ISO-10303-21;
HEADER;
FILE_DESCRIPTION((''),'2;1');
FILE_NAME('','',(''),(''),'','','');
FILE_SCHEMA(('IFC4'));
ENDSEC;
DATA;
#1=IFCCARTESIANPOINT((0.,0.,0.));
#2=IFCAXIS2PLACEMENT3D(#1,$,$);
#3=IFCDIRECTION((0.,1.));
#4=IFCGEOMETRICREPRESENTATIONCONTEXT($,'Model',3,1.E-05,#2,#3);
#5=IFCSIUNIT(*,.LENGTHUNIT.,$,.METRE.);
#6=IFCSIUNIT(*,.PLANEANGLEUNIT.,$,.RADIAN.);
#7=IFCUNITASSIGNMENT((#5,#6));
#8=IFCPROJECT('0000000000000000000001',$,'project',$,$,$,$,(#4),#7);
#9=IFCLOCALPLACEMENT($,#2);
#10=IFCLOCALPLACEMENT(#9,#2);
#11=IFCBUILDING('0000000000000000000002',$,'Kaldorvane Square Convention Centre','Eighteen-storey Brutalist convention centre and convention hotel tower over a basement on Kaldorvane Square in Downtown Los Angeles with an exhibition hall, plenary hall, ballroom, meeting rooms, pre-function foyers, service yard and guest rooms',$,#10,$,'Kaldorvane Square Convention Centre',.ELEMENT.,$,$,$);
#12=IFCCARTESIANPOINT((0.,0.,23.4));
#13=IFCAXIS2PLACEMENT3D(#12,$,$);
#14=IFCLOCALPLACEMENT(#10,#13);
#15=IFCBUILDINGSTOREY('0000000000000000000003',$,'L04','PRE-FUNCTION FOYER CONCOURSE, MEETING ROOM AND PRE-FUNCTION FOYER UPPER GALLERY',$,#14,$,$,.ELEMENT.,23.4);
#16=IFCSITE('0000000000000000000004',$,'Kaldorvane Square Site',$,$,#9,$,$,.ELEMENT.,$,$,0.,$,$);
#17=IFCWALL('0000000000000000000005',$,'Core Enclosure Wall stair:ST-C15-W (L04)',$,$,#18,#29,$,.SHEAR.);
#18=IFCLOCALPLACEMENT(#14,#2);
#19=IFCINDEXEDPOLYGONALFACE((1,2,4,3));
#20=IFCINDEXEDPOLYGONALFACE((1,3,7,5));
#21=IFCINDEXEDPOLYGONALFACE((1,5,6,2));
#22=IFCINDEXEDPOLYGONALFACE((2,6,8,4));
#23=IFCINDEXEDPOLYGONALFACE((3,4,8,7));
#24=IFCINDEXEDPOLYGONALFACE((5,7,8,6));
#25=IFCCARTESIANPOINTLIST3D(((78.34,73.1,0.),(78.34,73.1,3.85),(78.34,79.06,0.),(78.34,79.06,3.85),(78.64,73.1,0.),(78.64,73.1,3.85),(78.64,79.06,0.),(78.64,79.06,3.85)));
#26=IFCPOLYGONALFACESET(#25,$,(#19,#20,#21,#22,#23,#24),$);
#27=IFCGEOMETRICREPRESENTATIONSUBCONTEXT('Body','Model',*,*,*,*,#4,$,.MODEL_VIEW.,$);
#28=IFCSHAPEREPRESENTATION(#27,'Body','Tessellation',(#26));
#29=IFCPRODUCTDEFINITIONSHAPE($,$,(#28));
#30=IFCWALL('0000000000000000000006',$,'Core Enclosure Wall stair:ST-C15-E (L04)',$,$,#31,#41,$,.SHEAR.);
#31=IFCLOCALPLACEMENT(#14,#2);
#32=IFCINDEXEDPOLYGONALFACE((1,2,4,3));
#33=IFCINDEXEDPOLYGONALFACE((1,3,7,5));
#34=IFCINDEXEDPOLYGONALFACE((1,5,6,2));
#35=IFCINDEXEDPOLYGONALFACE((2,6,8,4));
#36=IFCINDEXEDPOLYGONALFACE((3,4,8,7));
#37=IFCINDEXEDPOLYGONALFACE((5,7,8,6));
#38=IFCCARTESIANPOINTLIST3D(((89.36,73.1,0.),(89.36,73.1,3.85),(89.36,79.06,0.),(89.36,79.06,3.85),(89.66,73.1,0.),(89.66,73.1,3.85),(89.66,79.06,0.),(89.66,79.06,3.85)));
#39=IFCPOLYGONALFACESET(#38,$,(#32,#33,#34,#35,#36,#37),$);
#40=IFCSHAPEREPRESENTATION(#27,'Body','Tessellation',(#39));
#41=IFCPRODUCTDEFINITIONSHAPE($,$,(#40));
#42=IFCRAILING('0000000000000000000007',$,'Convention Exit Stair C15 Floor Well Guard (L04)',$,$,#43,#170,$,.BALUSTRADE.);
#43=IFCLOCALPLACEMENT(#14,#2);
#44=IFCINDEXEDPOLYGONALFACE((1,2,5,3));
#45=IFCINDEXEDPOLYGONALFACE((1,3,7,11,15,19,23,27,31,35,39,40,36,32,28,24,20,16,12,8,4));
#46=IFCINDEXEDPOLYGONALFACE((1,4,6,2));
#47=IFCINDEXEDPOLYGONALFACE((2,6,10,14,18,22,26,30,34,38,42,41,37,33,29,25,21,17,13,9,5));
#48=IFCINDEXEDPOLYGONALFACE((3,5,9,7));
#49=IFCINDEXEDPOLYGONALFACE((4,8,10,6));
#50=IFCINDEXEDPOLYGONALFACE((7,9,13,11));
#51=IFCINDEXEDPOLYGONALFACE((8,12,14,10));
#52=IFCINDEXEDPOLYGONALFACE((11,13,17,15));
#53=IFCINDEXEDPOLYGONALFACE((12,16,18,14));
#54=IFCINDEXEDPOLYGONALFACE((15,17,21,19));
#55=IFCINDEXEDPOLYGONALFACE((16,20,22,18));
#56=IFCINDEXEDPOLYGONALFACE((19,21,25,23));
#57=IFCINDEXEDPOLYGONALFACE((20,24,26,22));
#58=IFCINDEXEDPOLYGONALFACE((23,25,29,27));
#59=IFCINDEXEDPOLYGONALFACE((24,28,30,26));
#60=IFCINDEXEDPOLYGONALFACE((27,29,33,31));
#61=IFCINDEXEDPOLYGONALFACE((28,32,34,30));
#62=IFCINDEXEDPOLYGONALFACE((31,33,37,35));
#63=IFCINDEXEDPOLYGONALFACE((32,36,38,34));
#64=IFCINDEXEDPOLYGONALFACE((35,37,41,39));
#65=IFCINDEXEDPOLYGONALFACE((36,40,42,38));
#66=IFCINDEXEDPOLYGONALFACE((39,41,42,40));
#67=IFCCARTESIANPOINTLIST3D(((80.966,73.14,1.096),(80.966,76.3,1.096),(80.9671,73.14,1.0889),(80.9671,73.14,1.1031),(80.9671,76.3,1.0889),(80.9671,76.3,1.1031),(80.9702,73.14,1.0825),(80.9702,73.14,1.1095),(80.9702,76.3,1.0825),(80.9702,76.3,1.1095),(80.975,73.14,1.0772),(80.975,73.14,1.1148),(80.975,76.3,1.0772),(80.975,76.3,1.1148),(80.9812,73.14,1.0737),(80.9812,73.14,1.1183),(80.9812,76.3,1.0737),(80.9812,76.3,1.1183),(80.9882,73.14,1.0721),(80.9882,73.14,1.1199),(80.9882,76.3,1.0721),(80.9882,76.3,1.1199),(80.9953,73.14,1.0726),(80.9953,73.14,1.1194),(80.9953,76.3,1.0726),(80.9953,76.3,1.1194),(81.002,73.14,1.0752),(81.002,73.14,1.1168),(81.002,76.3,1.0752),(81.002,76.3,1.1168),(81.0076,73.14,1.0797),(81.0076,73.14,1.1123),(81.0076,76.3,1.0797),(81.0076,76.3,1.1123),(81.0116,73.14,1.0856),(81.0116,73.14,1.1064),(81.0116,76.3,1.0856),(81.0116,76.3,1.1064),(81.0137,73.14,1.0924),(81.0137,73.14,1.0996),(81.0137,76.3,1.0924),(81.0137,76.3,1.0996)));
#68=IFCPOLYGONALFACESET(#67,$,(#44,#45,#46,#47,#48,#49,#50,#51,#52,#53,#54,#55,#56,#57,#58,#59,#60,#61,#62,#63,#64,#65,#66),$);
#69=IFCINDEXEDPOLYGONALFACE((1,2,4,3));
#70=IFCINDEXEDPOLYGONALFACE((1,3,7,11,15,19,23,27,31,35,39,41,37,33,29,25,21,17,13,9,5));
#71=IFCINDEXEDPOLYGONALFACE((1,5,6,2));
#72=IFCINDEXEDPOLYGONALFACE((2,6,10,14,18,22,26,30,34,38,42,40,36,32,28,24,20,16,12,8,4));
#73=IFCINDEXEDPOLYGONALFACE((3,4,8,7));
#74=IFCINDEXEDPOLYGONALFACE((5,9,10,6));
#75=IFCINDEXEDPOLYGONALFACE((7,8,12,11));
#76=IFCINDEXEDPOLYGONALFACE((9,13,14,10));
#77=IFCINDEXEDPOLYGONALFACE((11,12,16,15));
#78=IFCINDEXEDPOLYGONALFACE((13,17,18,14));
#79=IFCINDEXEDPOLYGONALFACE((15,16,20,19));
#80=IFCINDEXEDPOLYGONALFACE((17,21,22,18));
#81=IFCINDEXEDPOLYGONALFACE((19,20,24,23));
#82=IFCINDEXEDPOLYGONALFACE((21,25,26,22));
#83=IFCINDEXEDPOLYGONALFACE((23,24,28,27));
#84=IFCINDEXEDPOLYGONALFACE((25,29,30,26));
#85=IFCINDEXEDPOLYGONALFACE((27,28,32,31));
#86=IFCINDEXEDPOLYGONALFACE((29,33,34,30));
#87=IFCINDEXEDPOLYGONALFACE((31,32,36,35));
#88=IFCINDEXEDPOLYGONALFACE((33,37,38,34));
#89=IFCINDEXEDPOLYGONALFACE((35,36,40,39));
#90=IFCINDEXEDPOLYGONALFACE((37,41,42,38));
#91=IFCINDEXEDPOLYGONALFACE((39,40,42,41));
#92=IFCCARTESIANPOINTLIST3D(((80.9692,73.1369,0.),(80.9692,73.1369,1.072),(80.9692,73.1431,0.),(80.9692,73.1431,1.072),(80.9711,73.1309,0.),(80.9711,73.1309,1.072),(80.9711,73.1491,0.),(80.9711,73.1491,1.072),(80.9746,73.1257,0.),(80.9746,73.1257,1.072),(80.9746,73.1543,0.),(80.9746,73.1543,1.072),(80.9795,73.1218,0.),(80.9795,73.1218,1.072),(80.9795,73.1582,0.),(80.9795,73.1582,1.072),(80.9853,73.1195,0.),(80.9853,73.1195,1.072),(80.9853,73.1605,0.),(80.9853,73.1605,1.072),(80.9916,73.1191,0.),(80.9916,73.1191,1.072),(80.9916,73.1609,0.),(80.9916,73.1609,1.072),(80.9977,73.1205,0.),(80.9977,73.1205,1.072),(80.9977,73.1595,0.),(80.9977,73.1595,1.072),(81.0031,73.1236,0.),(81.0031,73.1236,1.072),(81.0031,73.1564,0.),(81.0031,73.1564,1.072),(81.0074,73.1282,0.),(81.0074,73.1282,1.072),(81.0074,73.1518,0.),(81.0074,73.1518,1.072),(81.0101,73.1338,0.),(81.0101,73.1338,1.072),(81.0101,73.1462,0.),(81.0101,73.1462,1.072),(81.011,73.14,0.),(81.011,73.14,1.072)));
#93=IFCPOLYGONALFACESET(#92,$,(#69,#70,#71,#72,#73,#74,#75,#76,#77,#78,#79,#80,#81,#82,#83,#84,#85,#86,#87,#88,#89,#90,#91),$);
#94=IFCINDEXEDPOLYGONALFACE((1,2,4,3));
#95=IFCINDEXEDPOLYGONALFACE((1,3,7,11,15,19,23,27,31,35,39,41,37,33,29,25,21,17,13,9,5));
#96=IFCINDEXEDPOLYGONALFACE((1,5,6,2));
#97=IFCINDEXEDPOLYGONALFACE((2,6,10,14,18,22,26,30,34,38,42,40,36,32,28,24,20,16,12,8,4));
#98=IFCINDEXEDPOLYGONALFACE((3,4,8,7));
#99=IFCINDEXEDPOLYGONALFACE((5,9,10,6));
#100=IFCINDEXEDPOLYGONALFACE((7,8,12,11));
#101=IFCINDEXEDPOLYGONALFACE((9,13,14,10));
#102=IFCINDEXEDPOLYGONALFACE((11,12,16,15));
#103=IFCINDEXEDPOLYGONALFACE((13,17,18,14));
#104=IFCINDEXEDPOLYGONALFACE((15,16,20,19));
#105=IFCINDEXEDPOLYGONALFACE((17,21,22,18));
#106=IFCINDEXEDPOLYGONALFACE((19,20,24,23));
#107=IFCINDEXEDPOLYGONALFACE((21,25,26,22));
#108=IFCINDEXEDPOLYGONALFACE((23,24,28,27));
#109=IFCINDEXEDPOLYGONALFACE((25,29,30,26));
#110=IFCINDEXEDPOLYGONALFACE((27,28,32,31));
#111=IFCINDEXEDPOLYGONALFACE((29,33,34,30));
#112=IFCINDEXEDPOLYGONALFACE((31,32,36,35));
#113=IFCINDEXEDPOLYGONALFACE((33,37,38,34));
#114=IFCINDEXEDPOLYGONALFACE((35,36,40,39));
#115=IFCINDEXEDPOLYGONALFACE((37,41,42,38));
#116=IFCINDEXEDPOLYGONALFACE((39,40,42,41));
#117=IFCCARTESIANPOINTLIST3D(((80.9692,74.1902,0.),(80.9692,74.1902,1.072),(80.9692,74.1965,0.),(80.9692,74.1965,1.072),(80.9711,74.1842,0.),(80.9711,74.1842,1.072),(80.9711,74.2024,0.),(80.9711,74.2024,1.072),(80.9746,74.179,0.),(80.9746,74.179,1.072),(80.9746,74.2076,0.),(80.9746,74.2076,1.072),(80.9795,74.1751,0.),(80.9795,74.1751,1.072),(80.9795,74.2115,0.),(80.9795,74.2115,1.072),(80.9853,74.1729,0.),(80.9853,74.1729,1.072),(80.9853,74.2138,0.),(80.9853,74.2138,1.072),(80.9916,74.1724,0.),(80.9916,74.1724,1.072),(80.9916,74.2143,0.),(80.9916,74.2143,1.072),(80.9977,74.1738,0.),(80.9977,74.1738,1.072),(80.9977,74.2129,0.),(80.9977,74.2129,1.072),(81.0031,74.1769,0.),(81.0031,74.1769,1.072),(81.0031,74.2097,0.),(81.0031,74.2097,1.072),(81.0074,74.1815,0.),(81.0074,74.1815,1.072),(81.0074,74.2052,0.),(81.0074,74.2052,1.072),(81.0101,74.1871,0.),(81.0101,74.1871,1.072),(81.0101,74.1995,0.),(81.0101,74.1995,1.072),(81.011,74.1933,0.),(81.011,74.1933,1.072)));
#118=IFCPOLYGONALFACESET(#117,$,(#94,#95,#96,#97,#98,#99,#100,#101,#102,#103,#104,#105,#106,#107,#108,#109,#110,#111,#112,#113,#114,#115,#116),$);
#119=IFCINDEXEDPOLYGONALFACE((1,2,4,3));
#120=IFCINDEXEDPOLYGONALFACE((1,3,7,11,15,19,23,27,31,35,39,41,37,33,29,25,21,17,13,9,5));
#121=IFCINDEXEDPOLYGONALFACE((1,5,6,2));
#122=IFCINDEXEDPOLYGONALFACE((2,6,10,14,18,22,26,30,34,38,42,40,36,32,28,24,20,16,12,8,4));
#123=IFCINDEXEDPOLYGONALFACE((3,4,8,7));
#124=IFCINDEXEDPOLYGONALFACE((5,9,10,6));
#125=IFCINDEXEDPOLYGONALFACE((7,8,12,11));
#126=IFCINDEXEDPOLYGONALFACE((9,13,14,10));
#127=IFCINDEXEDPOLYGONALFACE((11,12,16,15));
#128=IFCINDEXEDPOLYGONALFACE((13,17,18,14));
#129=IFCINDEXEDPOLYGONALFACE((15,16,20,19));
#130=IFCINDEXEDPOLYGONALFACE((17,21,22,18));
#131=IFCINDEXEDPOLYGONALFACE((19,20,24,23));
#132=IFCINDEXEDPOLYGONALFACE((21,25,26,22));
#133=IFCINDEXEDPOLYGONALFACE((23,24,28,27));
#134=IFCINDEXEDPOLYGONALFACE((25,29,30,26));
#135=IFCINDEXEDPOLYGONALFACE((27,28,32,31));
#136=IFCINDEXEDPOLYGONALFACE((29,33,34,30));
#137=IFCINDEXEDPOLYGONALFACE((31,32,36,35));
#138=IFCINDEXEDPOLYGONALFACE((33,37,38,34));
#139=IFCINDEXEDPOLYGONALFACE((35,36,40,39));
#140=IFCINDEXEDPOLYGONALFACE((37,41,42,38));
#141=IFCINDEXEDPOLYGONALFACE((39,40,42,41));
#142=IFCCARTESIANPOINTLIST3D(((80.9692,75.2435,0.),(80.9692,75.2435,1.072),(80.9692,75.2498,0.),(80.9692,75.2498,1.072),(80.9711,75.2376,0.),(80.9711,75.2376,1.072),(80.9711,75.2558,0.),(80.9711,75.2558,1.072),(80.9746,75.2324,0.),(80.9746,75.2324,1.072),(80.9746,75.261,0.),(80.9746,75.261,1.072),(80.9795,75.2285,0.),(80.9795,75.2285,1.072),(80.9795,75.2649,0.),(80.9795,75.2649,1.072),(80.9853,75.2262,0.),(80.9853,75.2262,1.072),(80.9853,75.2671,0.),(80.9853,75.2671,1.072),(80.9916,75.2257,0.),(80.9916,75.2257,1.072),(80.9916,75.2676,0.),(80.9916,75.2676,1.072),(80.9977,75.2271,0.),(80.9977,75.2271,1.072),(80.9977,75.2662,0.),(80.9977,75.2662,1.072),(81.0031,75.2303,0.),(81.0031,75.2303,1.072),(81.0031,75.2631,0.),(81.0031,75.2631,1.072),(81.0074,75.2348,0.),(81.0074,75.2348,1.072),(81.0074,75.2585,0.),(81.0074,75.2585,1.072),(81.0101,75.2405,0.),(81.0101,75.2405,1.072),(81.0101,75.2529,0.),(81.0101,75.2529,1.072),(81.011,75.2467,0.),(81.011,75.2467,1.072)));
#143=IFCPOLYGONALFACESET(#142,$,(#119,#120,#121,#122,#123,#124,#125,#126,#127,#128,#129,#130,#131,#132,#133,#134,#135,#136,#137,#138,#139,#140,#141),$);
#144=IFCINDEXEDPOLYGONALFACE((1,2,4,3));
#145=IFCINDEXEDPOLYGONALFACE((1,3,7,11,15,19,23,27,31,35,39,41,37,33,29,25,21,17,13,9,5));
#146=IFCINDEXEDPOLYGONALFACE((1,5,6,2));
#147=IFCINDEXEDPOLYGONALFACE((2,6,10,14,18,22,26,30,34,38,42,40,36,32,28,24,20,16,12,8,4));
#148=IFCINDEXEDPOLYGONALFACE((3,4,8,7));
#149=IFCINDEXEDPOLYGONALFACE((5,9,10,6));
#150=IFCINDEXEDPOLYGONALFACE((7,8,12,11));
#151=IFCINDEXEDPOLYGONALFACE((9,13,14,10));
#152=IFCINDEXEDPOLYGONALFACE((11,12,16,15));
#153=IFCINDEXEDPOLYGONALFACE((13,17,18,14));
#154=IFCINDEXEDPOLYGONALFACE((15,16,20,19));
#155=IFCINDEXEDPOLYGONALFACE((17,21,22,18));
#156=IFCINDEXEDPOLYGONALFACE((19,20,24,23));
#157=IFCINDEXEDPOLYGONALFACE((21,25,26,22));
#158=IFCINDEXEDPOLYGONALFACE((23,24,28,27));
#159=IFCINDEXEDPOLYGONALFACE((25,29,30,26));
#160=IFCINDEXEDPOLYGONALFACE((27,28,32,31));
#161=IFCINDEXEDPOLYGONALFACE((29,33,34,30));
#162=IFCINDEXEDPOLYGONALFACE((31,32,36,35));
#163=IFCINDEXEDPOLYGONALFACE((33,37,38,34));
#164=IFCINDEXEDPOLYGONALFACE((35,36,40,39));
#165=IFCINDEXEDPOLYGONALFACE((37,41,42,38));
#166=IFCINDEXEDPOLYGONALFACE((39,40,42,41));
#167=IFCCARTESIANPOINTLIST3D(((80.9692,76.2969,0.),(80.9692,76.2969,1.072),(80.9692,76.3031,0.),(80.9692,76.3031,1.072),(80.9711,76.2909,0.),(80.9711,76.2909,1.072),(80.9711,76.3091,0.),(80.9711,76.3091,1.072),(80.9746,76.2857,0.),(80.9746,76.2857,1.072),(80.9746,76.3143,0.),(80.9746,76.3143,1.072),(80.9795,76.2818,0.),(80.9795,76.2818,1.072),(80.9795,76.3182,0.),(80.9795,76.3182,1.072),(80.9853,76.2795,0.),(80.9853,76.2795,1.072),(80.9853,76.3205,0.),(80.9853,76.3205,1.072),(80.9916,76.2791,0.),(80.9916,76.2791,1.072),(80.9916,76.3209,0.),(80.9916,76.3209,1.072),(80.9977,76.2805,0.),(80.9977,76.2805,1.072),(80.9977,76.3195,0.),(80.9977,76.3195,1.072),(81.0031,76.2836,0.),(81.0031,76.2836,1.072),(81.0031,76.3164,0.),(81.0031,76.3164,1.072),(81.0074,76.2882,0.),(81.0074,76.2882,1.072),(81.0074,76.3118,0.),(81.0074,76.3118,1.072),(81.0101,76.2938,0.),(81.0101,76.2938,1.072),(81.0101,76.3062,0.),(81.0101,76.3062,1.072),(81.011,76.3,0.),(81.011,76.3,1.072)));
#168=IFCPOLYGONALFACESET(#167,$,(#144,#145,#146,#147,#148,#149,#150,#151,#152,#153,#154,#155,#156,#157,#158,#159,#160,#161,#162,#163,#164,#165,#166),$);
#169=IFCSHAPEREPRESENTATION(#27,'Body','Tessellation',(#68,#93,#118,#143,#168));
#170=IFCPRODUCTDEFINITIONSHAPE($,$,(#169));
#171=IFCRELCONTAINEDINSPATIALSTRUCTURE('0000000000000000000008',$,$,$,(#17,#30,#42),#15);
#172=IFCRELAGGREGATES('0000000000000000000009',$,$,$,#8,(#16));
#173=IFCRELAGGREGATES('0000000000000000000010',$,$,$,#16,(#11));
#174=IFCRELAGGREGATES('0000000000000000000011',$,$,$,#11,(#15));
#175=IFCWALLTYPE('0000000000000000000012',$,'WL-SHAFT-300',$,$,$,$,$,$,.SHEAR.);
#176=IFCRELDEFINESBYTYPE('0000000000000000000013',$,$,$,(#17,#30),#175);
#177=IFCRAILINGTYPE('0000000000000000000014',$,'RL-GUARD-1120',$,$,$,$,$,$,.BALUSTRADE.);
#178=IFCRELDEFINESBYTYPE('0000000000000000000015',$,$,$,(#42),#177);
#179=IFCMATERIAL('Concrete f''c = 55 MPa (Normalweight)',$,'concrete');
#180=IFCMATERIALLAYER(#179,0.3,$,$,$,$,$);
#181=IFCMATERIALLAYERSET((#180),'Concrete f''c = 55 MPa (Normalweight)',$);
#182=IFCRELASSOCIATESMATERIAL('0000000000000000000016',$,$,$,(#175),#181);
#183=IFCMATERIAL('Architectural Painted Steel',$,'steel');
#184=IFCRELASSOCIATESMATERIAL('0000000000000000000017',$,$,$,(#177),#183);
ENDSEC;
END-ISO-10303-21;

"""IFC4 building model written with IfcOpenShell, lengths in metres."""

from ifc_helpers import new_model, si_unit, direction, frame, frame_2d, origin, origin_2d, place, context, subcontext, project, spatial, rectangle, circle, extrude, material, layer, layer_set, type_object, element, save


model = new_model("IFC4")

# Units and contexts
model_context = context("Model", 3, precision=1e-05, world=origin(), true_north=direction((0.0, 1.0)))
body_context = subcontext(model_context, "Body", "Model", "MODEL_VIEW")
ifc_project = project(units=[si_unit("LENGTHUNIT", "METRE"), si_unit("PLANEANGLEUNIT", "RADIAN")], contexts=[model_context])

# Site, building, storey
site_placement = place(None, origin())
site = spatial("IfcSite", under=ifc_project, at=site_placement, Name="Kaldorvane Square Site", CompositionType="ELEMENT", RefElevation=0.0)
building_placement = place(site_placement, origin())
building = spatial("IfcBuilding", under=site, at=building_placement, Name="Kaldorvane Square Convention Centre", Description="Eighteen-storey Brutalist convention centre and convention hotel tower over a basement on Kaldorvane Square in Downtown Los Angeles with an exhibition hall, plenary hall, ballroom, meeting rooms, pre-function foyers, service yard and guest rooms", LongName="Kaldorvane Square Convention Centre", CompositionType="ELEMENT")
storey_placement = place(building_placement, frame((0.0, 0.0, 23.4)))
storey = spatial("IfcBuildingStorey", under=building, at=storey_placement, Name="L04", Description="PRE-FUNCTION FOYER CONCOURSE, MEETING ROOM AND PRE-FUNCTION FOYER UPPER GALLERY", CompositionType="ELEMENT", Elevation=23.4)

# Shared definitions
ifc_material_1 = material(Name="Concrete f'c = 55 MPa (Normalweight)", Category="concrete")

# Shared definitions
ifc_layer = layer(ifc_material_1, 0.3)
ifc_layer_set = layer_set([ifc_layer], Name="Concrete f'c = 55 MPa (Normalweight)")
wall_type = type_object("IfcWallType", Name="WL-SHAFT-300", PredefinedType="SHEAR", material=ifc_layer_set)

# Walls
for number, where, z_axis, x_axis, name in (
    (1, (78.49, 79.06, 0.0), (0.0, 0.0, 1.0), (0.0, -1.0, 0.0), "Core Enclosure Wall stair:ST-C15-W (L04)"),
    (2, (89.51, 73.1, 0.0), (0.0, 0.0, 1.0), (0.0, 1.0, 0.0), "Core Enclosure Wall stair:ST-C15-E (L04)"),
):
    element("IfcWall", number, at=place(storey_placement, frame(where, z_axis=z_axis, x_axis=x_axis)), inside=storey, type_object=wall_type, Name=name, PredefinedType="SHEAR", context=body_context, shape_type="SweptSolid", body=[
        extrude(rectangle(XDim=5.96, YDim=0.3, at=frame_2d((2.98, 0.0))), origin(), (0.0, 0.0, 1.0), 3.85),
    ])

# Railing
ifc_material_2 = material(Name="Architectural Painted Steel", Category="steel")
railing_type = type_object("IfcRailingType", Name="RL-GUARD-1120", PredefinedType="BALUSTRADE", material=ifc_material_2)
railing_placement = place(storey_placement, frame((80.99, 73.14, 0.0)))
element("IfcRailing", 3, at=railing_placement, inside=storey, type_object=railing_type, Name="Convention Exit Stair C15 Floor Well Guard (L04)", PredefinedType="BALUSTRADE", context=body_context, shape_type="SweptSolid", body=[
    extrude(circle(Radius=0.024, at=origin_2d()), frame((0.0, 0.0, 1.096), z_axis=(0.0, 1.0, 0.0), x_axis=(-1.0, 0.0, 0.0)), (0.0, 0.0, 1.0), 3.16),
    extrude(circle(Radius=0.021, at=origin_2d()), origin(), (0.0, 0.0, 1.0), 1.072),
    extrude(circle(Radius=0.021, at=origin_2d()), frame((0.0, 1.0533, 0.0)), (0.0, 0.0, 1.0), 1.072),
    extrude(circle(Radius=0.021, at=origin_2d()), frame((0.0, 2.1067, 0.0)), (0.0, 0.0, 1.0), 1.072),
    extrude(circle(Radius=0.021, at=origin_2d()), frame((0.0, 3.16, 0.0)), (0.0, 0.0, 1.0), 1.072),
])

save(model, "model.ifc")
